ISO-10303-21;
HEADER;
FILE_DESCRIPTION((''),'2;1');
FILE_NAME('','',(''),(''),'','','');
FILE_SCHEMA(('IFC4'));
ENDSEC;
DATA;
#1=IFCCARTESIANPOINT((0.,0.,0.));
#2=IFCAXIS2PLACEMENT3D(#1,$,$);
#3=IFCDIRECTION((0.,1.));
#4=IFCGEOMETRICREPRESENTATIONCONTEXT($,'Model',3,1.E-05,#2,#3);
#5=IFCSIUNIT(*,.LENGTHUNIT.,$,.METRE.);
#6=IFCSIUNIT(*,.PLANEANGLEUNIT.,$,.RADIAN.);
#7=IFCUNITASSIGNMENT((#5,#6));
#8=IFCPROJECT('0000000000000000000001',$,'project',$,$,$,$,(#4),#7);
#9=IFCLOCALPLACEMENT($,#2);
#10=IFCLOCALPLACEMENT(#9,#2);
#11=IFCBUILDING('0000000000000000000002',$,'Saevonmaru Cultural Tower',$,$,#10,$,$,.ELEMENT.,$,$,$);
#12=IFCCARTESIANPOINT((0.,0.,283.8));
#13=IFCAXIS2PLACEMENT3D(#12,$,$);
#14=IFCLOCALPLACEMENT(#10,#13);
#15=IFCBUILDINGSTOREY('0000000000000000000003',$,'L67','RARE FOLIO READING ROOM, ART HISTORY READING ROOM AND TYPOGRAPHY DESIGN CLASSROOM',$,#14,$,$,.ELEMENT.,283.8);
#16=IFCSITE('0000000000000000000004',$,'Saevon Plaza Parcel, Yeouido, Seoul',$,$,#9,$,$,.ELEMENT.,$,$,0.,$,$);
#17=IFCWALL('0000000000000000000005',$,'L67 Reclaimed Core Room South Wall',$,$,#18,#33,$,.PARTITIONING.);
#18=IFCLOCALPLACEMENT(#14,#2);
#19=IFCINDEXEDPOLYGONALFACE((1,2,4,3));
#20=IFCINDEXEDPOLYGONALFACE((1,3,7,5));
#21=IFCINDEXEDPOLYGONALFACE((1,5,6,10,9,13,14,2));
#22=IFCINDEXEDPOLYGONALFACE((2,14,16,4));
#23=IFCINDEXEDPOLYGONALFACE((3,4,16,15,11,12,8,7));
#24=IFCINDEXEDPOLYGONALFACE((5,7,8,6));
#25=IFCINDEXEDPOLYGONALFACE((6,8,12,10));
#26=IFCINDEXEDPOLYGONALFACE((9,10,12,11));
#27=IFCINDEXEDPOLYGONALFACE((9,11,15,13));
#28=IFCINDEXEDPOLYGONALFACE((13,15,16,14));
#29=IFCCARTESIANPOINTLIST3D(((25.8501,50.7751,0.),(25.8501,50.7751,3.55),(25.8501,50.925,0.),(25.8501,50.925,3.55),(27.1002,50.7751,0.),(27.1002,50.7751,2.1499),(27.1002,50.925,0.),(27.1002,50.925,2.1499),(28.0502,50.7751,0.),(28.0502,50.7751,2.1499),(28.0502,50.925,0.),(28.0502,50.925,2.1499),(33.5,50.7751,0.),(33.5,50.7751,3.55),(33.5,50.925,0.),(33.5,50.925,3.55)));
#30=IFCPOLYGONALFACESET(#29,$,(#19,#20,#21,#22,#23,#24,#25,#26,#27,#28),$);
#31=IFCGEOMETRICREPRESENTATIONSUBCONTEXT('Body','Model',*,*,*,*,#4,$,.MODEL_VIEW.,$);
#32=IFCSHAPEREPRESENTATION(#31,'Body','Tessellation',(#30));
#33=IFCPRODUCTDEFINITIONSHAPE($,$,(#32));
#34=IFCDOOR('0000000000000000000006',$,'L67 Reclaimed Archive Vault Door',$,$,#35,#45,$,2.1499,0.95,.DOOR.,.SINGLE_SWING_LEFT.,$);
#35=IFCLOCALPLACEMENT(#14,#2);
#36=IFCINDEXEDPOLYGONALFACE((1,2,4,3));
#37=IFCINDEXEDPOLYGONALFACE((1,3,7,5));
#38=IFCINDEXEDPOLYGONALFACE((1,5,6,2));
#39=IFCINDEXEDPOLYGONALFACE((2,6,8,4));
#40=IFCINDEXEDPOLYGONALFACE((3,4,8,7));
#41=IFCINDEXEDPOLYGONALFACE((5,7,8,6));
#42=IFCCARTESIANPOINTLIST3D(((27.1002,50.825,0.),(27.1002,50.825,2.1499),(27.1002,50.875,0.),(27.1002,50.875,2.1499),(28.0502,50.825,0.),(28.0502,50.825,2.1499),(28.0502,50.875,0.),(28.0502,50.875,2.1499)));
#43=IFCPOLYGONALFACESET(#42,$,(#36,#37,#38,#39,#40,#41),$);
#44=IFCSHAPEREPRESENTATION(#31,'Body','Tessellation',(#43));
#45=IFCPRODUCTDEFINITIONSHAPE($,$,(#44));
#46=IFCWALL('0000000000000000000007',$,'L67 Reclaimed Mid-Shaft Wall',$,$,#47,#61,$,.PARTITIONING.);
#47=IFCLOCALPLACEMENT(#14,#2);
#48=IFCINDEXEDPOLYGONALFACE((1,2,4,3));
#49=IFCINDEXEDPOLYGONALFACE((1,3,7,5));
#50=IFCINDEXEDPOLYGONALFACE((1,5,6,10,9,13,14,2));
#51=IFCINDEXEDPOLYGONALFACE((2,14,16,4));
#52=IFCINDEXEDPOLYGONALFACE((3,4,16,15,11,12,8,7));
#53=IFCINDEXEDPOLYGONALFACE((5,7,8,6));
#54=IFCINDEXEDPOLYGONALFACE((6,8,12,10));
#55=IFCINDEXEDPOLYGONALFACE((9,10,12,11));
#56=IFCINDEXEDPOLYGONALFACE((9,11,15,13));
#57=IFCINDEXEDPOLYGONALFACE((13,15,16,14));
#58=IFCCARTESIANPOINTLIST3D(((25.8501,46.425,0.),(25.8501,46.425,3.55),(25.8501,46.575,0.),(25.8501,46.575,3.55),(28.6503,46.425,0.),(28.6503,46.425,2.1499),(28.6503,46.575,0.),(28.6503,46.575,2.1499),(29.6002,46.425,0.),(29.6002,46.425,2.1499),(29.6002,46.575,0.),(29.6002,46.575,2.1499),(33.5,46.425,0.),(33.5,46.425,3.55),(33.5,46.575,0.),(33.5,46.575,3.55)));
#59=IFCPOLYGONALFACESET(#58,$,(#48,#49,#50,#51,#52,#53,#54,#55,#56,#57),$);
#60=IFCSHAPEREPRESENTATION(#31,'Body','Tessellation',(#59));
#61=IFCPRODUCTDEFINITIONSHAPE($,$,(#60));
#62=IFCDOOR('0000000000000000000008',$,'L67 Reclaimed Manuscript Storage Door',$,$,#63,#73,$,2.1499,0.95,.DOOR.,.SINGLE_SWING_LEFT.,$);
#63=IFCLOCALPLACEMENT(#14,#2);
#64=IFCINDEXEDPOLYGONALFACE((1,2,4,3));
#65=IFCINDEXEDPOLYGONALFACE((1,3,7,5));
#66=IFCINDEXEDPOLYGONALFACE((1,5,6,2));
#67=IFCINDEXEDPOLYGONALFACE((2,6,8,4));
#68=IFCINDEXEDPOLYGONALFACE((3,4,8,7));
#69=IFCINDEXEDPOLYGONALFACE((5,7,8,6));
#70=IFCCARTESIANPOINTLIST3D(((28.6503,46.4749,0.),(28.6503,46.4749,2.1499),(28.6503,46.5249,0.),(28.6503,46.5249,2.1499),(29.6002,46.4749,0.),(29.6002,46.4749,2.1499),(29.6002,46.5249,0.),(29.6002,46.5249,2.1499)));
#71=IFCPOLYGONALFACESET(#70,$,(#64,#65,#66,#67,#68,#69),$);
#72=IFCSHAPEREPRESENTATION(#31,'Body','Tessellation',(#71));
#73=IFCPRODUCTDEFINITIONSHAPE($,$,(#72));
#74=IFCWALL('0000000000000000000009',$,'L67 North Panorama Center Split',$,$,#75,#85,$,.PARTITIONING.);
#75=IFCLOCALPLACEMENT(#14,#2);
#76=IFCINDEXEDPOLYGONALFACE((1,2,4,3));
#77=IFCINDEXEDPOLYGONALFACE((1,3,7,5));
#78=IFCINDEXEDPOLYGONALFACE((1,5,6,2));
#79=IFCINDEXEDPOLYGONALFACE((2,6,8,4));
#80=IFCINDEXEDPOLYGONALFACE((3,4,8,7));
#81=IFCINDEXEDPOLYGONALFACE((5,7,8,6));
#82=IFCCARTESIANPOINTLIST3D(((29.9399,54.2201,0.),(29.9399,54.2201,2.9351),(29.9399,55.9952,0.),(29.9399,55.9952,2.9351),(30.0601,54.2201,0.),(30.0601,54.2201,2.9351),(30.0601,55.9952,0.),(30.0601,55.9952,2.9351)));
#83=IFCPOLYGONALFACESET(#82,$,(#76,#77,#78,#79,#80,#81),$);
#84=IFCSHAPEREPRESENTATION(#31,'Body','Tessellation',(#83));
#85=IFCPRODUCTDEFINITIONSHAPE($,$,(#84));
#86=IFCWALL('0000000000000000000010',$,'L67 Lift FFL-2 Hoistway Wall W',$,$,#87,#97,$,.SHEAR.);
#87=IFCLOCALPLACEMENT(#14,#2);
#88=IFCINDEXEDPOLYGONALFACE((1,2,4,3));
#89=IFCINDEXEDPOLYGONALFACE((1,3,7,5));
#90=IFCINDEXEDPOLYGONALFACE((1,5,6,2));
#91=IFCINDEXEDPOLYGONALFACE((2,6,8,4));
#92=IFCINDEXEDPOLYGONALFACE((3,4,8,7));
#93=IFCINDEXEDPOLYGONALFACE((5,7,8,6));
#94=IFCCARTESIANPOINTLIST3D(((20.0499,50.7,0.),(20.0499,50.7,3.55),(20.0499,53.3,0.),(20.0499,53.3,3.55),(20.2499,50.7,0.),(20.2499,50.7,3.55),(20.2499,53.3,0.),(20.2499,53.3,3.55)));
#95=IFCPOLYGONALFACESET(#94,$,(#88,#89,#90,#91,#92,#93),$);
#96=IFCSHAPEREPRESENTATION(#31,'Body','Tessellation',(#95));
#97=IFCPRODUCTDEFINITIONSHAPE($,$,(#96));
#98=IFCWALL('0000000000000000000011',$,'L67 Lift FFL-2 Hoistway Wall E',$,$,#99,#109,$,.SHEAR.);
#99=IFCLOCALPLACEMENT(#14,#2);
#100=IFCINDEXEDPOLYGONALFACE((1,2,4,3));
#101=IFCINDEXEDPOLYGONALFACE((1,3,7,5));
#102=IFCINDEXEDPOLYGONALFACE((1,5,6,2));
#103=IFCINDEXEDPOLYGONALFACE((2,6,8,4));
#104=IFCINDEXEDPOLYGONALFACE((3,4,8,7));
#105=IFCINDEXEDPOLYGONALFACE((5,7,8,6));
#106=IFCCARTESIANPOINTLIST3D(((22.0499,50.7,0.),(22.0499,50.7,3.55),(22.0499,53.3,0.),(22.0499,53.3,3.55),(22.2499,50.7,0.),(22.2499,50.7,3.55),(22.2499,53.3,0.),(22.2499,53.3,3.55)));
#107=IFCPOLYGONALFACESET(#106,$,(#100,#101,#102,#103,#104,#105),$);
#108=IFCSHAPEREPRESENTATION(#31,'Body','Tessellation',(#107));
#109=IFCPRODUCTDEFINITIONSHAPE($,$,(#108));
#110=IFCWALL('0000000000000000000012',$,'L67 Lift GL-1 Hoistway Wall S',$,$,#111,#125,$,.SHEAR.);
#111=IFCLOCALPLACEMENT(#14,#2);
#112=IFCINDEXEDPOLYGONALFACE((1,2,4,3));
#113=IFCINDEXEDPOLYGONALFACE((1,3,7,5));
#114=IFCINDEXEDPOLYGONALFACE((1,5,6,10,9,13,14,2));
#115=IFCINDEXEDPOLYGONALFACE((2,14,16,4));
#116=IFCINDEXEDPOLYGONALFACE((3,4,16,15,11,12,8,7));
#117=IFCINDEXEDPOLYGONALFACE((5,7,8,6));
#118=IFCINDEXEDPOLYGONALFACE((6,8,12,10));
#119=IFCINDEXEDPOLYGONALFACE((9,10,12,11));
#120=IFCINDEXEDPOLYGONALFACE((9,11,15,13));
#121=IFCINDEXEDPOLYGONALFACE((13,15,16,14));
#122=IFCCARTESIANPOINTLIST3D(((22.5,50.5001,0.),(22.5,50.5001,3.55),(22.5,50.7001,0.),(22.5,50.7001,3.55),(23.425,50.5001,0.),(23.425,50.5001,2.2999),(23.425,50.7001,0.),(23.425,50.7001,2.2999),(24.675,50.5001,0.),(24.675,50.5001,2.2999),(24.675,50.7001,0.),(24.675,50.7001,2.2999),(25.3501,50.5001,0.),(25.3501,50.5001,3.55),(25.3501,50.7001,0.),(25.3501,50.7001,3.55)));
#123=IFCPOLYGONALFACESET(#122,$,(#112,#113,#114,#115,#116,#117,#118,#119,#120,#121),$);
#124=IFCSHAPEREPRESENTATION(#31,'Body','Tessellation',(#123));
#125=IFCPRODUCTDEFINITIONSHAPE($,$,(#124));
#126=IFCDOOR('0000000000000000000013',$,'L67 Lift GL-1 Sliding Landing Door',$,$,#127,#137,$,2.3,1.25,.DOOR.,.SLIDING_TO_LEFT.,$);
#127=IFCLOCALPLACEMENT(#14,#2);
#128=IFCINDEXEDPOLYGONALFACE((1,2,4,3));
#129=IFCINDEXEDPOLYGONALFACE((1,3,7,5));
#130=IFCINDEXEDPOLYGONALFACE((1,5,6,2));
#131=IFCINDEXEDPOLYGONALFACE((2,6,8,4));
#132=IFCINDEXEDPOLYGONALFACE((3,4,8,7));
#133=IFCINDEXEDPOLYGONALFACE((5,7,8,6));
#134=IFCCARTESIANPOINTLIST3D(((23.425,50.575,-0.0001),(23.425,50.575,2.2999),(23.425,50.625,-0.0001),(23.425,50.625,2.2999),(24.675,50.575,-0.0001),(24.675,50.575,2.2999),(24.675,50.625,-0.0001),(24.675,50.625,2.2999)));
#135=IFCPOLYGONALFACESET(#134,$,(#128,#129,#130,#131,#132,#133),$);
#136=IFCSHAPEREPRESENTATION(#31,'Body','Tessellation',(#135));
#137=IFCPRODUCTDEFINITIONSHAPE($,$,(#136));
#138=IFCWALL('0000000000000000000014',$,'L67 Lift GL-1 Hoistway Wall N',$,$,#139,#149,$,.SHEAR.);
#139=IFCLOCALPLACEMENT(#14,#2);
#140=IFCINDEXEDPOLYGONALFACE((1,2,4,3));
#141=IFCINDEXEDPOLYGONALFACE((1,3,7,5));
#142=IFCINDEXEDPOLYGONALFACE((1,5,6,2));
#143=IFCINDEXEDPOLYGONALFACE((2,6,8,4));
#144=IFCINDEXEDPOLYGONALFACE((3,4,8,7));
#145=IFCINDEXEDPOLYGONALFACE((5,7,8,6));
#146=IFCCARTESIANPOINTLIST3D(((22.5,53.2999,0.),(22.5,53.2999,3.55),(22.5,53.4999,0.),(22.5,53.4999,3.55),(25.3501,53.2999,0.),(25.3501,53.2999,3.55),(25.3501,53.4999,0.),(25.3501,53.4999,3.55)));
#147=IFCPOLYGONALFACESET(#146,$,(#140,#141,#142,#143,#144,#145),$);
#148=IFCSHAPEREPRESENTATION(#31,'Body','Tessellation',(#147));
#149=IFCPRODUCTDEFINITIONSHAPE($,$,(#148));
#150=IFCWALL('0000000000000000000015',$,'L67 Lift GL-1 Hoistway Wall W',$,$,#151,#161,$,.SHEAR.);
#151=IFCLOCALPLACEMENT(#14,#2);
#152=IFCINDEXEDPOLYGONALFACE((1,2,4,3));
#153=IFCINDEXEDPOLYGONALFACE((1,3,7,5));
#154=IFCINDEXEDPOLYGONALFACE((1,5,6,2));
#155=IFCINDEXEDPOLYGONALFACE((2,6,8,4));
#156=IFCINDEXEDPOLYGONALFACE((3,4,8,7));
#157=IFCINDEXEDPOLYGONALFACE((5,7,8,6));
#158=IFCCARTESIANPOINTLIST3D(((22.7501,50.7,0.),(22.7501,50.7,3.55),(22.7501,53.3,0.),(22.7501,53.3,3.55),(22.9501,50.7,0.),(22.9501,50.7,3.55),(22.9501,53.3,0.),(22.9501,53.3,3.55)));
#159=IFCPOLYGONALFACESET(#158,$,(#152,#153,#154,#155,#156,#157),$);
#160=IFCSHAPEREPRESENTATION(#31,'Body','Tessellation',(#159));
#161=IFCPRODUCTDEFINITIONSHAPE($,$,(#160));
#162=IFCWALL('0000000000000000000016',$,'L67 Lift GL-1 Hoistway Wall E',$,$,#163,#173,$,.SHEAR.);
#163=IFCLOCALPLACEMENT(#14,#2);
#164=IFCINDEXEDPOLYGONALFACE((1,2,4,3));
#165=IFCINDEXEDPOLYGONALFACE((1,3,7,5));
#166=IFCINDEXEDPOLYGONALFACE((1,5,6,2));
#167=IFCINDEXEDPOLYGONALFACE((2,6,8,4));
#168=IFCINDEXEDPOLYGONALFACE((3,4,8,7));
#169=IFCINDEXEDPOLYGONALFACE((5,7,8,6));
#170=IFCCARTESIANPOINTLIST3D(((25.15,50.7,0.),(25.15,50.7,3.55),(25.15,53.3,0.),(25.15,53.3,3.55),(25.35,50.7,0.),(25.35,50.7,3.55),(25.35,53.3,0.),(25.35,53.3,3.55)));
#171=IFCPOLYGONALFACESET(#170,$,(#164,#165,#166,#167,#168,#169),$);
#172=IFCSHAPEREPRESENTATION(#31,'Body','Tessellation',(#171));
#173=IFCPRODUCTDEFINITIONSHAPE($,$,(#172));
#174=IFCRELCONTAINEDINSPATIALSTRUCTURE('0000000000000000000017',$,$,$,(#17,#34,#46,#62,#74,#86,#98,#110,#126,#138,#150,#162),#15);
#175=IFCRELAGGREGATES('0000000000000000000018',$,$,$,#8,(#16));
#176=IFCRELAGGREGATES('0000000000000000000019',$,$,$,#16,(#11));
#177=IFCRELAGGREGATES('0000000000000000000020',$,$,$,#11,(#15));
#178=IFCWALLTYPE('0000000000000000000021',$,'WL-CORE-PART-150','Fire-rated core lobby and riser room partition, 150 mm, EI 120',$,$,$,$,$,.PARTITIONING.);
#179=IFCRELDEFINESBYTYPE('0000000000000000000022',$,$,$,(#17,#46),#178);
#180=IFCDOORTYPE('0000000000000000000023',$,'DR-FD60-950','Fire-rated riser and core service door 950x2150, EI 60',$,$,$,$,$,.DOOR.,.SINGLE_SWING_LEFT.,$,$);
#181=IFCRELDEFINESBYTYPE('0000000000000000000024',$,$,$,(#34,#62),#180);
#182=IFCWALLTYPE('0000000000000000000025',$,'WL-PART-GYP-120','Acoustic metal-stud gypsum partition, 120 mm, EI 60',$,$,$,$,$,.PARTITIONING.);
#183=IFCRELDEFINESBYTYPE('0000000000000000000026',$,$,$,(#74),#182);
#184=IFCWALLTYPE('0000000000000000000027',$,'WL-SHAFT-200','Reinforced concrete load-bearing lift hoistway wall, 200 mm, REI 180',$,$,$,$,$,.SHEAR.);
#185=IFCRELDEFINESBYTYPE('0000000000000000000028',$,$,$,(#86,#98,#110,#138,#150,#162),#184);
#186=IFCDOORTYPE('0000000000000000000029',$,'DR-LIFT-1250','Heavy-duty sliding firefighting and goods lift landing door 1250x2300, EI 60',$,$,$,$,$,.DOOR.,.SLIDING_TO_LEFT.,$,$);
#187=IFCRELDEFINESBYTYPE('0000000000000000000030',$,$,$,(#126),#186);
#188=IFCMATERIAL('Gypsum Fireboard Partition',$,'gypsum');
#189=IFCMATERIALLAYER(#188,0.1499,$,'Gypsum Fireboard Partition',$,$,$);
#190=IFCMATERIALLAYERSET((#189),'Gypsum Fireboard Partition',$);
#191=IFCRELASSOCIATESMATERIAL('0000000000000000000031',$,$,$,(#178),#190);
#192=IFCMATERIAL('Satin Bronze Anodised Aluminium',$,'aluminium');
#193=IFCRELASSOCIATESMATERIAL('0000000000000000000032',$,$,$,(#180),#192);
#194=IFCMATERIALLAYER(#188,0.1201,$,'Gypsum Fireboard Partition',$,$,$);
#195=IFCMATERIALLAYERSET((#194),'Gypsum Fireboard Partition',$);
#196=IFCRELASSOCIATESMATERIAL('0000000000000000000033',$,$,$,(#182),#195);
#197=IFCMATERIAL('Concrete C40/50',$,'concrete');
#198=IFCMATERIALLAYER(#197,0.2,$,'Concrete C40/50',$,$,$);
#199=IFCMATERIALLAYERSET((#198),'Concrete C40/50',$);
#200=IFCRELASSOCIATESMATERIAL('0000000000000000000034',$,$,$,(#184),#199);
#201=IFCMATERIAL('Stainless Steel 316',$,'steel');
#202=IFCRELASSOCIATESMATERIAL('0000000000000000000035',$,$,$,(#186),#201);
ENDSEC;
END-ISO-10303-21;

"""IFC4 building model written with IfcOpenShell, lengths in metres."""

from ifc_helpers import new_model, si_unit, direction, frame, frame_2d, origin, place, context, subcontext, project, spatial, rectangle, extrude, material, layer, layer_set, type_object, element, fill, save


model = new_model("IFC4")

# Units and contexts
model_context = context("Model", 3, precision=1e-05, world=origin(), true_north=direction((0.0, 1.0)))
body_context = subcontext(model_context, "Body", "Model", "MODEL_VIEW")
ifc_project = project(units=[si_unit("LENGTHUNIT", "METRE"), si_unit("PLANEANGLEUNIT", "RADIAN")], contexts=[model_context])

# Site, building, storey
site_placement = place(None, origin())
site = spatial("IfcSite", under=ifc_project, at=site_placement, Name="Saevon Plaza Parcel, Yeouido, Seoul", CompositionType="ELEMENT", RefElevation=0.0)
building_placement = place(site_placement, origin())
building = spatial("IfcBuilding", under=site, at=building_placement, Name="Saevonmaru Cultural Tower", CompositionType="ELEMENT")
storey_placement = place(building_placement, frame((0.0, 0.0, 283.8)))
storey = spatial("IfcBuildingStorey", under=building, at=storey_placement, Name="L67", Description="RARE FOLIO READING ROOM, ART HISTORY READING ROOM AND TYPOGRAPHY DESIGN CLASSROOM", CompositionType="ELEMENT", Elevation=283.8)

# Shared definitions
ifc_material_1 = material(Name="Satin Bronze Anodised Aluminium", Category="aluminium")

# Walls, openings, doors
ifc_material_2 = material(Name="Gypsum Fireboard Partition", Category="gypsum")
ifc_layer_1 = layer(ifc_material_2, 0.1499, Name="Gypsum Fireboard Partition")
ifc_layer_set_1 = layer_set([ifc_layer_1], Name="Gypsum Fireboard Partition")
wall_type_1 = type_object("IfcWallType", Name="WL-CORE-PART-150", Description="Fire-rated core lobby and riser room partition, 150 mm, EI 120", PredefinedType="PARTITIONING", material=ifc_layer_set_1)
wall_1_placement = place(storey_placement, frame((25.8501, 50.8501, 0.0), z_axis=(0.0, 0.0, 1.0), x_axis=(1.0, 0.0, 0.0)))
wall_1 = element("IfcWall", 1, at=wall_1_placement, inside=storey, type_object=wall_type_1, Name="L67 Reclaimed Core Room South Wall", PredefinedType="PARTITIONING", context=body_context, shape_type="SweptSolid", body=[
    extrude(rectangle(XDim=7.6499, YDim=0.1499, at=frame_2d((3.825, 0.0))), origin(), (0.0, 0.0, 1.0), 3.55),
])
opening_1_placement = place(wall_1_placement, frame((1.25, 0.0, 0.0)))
opening_1 = element("IfcOpeningElement", 2, at=opening_1_placement, cuts=wall_1, PredefinedType="OPENING", context=body_context, shape_type="SweptSolid", body=[
    extrude(rectangle(XDim=0.95, YDim=2.1499, at=frame_2d((0.4751, 1.075))), frame((0.0, 0.085, 0.0), z_axis=(0.0, -1.0, 0.0), x_axis=(1.0, 0.0, 0.0)), (0.0, 0.0, 1.0), 0.1699),
])
door_type_1 = type_object("IfcDoorType", Name="DR-FD60-950", Description="Fire-rated riser and core service door 950x2150, EI 60", OperationType="SINGLE_SWING_LEFT", PredefinedType="DOOR", material=ifc_material_1)
door_1_placement = place(opening_1_placement, origin())
door_1 = element("IfcDoor", 3, at=door_1_placement, inside=storey, type_object=door_type_1, Name="L67 Reclaimed Archive Vault Door", OperationType="SINGLE_SWING_LEFT", OverallHeight=2.1499, OverallWidth=0.95, PredefinedType="DOOR", context=body_context, shape_type="SweptSolid", body=[
    extrude(rectangle(XDim=0.95, YDim=2.1499, at=frame_2d((0.4751, 1.075))), frame((0.0, 0.0249, 0.0), z_axis=(0.0, -1.0, 0.0), x_axis=(1.0, 0.0, 0.0)), (0.0, 0.0, 1.0), 0.05),
])
fill(opening_1, door_1)
wall_2_placement = place(storey_placement, frame((25.8501, 46.5, 0.0), z_axis=(0.0, 0.0, 1.0), x_axis=(1.0, 0.0, 0.0)))
wall_2 = element("IfcWall", 4, at=wall_2_placement, inside=storey, type_object=wall_type_1, Name="L67 Reclaimed Mid-Shaft Wall", PredefinedType="PARTITIONING", context=body_context, shape_type="SweptSolid", body=[
    extrude(rectangle(XDim=7.6499, YDim=0.1499, at=frame_2d((3.825, 0.0))), origin(), (0.0, 0.0, 1.0), 3.55),
])
opening_2_placement = place(wall_2_placement, frame((2.8, 0.0, 0.0)))
opening_2 = element("IfcOpeningElement", 5, at=opening_2_placement, cuts=wall_2, PredefinedType="OPENING", context=body_context, shape_type="SweptSolid", body=[
    extrude(rectangle(XDim=0.95, YDim=2.1499, at=frame_2d((0.4751, 1.075))), frame((0.0, 0.085, 0.0), z_axis=(0.0, -1.0, 0.0), x_axis=(1.0, 0.0, 0.0)), (0.0, 0.0, 1.0), 0.1699),
])
door_2_placement = place(opening_2_placement, origin())
door_2 = element("IfcDoor", 6, at=door_2_placement, inside=storey, type_object=door_type_1, Name="L67 Reclaimed Manuscript Storage Door", OperationType="SINGLE_SWING_LEFT", OverallHeight=2.1499, OverallWidth=0.95, PredefinedType="DOOR", context=body_context, shape_type="SweptSolid", body=[
    extrude(rectangle(XDim=0.95, YDim=2.1499, at=frame_2d((0.4751, 1.075))), frame((0.0, 0.0249, 0.0), z_axis=(0.0, -1.0, 0.0), x_axis=(1.0, 0.0, 0.0)), (0.0, 0.0, 1.0), 0.05),
])
fill(opening_2, door_2)

# Walls
ifc_layer_2 = layer(ifc_material_2, 0.1201, Name="Gypsum Fireboard Partition")
ifc_layer_set_2 = layer_set([ifc_layer_2], Name="Gypsum Fireboard Partition")
wall_type_2 = type_object("IfcWallType", Name="WL-PART-GYP-120", Description="Acoustic metal-stud gypsum partition, 120 mm, EI 60", PredefinedType="PARTITIONING", material=ifc_layer_set_2)
wall_3_placement = place(storey_placement, frame((30.0, 54.22, 0.0), z_axis=(0.0, 0.0, 1.0), x_axis=(0.0, 1.0, 0.0)))
element("IfcWall", 7, at=wall_3_placement, inside=storey, type_object=wall_type_2, Name="L67 North Panorama Center Split", PredefinedType="PARTITIONING", context=body_context, shape_type="SweptSolid", body=[
    extrude(rectangle(XDim=1.7751, YDim=0.1201, at=frame_2d((0.8877, 0.0))), origin(), (0.0, 0.0, 1.0), 2.9351),
])
ifc_material_3 = material(Name="Concrete C40/50", Category="concrete")
ifc_layer_3 = layer(ifc_material_3, 0.2, Name="Concrete C40/50")
ifc_layer_set_3 = layer_set([ifc_layer_3], Name="Concrete C40/50")
wall_type_3 = type_object("IfcWallType", Name="WL-SHAFT-200", Description="Reinforced concrete load-bearing lift hoistway wall, 200 mm, REI 180", PredefinedType="SHEAR", material=ifc_layer_set_3)
for number, where, z_axis, x_axis, name in (
    (8, (20.1499, 50.7, 0.0), (0.0, 0.0, 1.0), (0.0, 1.0, 0.0), "L67 Lift FFL-2 Hoistway Wall W"),
    (9, (22.1499, 50.7, 0.0), (0.0, 0.0, 1.0), (0.0, 1.0, 0.0), "L67 Lift FFL-2 Hoistway Wall E"),
):
    element("IfcWall", number, at=place(storey_placement, frame(where, z_axis=z_axis, x_axis=x_axis)), inside=storey, type_object=wall_type_3, Name=name, PredefinedType="SHEAR", context=body_context, shape_type="SweptSolid", body=[
        extrude(rectangle(XDim=2.6001, YDim=0.2, at=frame_2d((1.3, 0.0))), origin(), (0.0, 0.0, 1.0), 3.55),
    ])

# Wall, opening, door
wall_4_placement = place(storey_placement, frame((22.5, 50.6001, 0.0), z_axis=(0.0, 0.0, 1.0), x_axis=(1.0, 0.0, 0.0)))
wall_4 = element("IfcWall", 10, at=wall_4_placement, inside=storey, type_object=wall_type_3, Name="L67 Lift GL-1 Hoistway Wall S", PredefinedType="SHEAR", context=body_context, shape_type="SweptSolid", body=[
    extrude(rectangle(XDim=2.8501, YDim=0.2, at=frame_2d((1.425, 0.0))), origin(), (0.0, 0.0, 1.0), 3.55),
])
opening_3_placement = place(wall_4_placement, frame((0.925, 0.0, 0.0)))
opening_3 = element("IfcOpeningElement", 11, at=opening_3_placement, cuts=wall_4, PredefinedType="OPENING", context=body_context, shape_type="SweptSolid", body=[
    extrude(rectangle(XDim=1.25, YDim=2.3, at=frame_2d((0.625, 1.1499))), frame((0.0, 0.1099, 0.0), z_axis=(0.0, -1.0, 0.0), x_axis=(1.0, 0.0, 0.0)), (0.0, 0.0, 1.0), 0.22),
])
ifc_material_4 = material(Name="Stainless Steel 316", Category="steel")
door_type_2 = type_object("IfcDoorType", Name="DR-LIFT-1250", Description="Heavy-duty sliding firefighting and goods lift landing door 1250x2300, EI 60", OperationType="SLIDING_TO_LEFT", PredefinedType="DOOR", material=ifc_material_4)
door_3_placement = place(opening_3_placement, origin())
door_3 = element("IfcDoor", 12, at=door_3_placement, inside=storey, type_object=door_type_2, Name="L67 Lift GL-1 Sliding Landing Door", OperationType="SLIDING_TO_LEFT", OverallHeight=2.3, OverallWidth=1.25, PredefinedType="DOOR", context=body_context, shape_type="SweptSolid", body=[
    extrude(rectangle(XDim=1.25, YDim=2.3, at=frame_2d((0.625, 1.1499))), frame((0.0, 0.0249, 0.0), z_axis=(0.0, -1.0, 0.0), x_axis=(1.0, 0.0, 0.0)), (0.0, 0.0, 1.0), 0.05),
])
fill(opening_3, door_3)

# Walls
wall_5_placement = place(storey_placement, frame((22.5, 53.3999, 0.0), z_axis=(0.0, 0.0, 1.0), x_axis=(1.0, 0.0, 0.0)))
element("IfcWall", 13, at=wall_5_placement, inside=storey, type_object=wall_type_3, Name="L67 Lift GL-1 Hoistway Wall N", PredefinedType="SHEAR", context=body_context, shape_type="SweptSolid", body=[
    extrude(rectangle(XDim=2.8501, YDim=0.2, at=frame_2d((1.425, 0.0))), origin(), (0.0, 0.0, 1.0), 3.55),
])
for number, where, z_axis, x_axis, name in (
    (14, (22.8501, 50.7, 0.0), (0.0, 0.0, 1.0), (0.0, 1.0, 0.0), "L67 Lift GL-1 Hoistway Wall W"),
    (15, (25.25, 50.7, 0.0), (0.0, 0.0, 1.0), (0.0, 1.0, 0.0), "L67 Lift GL-1 Hoistway Wall E"),
):
    element("IfcWall", number, at=place(storey_placement, frame(where, z_axis=z_axis, x_axis=x_axis)), inside=storey, type_object=wall_type_3, Name=name, PredefinedType="SHEAR", context=body_context, shape_type="SweptSolid", body=[
        extrude(rectangle(XDim=2.6001, YDim=0.2, at=frame_2d((1.3, 0.0))), origin(), (0.0, 0.0, 1.0), 3.55),
    ])

save(model, "model.ifc")
